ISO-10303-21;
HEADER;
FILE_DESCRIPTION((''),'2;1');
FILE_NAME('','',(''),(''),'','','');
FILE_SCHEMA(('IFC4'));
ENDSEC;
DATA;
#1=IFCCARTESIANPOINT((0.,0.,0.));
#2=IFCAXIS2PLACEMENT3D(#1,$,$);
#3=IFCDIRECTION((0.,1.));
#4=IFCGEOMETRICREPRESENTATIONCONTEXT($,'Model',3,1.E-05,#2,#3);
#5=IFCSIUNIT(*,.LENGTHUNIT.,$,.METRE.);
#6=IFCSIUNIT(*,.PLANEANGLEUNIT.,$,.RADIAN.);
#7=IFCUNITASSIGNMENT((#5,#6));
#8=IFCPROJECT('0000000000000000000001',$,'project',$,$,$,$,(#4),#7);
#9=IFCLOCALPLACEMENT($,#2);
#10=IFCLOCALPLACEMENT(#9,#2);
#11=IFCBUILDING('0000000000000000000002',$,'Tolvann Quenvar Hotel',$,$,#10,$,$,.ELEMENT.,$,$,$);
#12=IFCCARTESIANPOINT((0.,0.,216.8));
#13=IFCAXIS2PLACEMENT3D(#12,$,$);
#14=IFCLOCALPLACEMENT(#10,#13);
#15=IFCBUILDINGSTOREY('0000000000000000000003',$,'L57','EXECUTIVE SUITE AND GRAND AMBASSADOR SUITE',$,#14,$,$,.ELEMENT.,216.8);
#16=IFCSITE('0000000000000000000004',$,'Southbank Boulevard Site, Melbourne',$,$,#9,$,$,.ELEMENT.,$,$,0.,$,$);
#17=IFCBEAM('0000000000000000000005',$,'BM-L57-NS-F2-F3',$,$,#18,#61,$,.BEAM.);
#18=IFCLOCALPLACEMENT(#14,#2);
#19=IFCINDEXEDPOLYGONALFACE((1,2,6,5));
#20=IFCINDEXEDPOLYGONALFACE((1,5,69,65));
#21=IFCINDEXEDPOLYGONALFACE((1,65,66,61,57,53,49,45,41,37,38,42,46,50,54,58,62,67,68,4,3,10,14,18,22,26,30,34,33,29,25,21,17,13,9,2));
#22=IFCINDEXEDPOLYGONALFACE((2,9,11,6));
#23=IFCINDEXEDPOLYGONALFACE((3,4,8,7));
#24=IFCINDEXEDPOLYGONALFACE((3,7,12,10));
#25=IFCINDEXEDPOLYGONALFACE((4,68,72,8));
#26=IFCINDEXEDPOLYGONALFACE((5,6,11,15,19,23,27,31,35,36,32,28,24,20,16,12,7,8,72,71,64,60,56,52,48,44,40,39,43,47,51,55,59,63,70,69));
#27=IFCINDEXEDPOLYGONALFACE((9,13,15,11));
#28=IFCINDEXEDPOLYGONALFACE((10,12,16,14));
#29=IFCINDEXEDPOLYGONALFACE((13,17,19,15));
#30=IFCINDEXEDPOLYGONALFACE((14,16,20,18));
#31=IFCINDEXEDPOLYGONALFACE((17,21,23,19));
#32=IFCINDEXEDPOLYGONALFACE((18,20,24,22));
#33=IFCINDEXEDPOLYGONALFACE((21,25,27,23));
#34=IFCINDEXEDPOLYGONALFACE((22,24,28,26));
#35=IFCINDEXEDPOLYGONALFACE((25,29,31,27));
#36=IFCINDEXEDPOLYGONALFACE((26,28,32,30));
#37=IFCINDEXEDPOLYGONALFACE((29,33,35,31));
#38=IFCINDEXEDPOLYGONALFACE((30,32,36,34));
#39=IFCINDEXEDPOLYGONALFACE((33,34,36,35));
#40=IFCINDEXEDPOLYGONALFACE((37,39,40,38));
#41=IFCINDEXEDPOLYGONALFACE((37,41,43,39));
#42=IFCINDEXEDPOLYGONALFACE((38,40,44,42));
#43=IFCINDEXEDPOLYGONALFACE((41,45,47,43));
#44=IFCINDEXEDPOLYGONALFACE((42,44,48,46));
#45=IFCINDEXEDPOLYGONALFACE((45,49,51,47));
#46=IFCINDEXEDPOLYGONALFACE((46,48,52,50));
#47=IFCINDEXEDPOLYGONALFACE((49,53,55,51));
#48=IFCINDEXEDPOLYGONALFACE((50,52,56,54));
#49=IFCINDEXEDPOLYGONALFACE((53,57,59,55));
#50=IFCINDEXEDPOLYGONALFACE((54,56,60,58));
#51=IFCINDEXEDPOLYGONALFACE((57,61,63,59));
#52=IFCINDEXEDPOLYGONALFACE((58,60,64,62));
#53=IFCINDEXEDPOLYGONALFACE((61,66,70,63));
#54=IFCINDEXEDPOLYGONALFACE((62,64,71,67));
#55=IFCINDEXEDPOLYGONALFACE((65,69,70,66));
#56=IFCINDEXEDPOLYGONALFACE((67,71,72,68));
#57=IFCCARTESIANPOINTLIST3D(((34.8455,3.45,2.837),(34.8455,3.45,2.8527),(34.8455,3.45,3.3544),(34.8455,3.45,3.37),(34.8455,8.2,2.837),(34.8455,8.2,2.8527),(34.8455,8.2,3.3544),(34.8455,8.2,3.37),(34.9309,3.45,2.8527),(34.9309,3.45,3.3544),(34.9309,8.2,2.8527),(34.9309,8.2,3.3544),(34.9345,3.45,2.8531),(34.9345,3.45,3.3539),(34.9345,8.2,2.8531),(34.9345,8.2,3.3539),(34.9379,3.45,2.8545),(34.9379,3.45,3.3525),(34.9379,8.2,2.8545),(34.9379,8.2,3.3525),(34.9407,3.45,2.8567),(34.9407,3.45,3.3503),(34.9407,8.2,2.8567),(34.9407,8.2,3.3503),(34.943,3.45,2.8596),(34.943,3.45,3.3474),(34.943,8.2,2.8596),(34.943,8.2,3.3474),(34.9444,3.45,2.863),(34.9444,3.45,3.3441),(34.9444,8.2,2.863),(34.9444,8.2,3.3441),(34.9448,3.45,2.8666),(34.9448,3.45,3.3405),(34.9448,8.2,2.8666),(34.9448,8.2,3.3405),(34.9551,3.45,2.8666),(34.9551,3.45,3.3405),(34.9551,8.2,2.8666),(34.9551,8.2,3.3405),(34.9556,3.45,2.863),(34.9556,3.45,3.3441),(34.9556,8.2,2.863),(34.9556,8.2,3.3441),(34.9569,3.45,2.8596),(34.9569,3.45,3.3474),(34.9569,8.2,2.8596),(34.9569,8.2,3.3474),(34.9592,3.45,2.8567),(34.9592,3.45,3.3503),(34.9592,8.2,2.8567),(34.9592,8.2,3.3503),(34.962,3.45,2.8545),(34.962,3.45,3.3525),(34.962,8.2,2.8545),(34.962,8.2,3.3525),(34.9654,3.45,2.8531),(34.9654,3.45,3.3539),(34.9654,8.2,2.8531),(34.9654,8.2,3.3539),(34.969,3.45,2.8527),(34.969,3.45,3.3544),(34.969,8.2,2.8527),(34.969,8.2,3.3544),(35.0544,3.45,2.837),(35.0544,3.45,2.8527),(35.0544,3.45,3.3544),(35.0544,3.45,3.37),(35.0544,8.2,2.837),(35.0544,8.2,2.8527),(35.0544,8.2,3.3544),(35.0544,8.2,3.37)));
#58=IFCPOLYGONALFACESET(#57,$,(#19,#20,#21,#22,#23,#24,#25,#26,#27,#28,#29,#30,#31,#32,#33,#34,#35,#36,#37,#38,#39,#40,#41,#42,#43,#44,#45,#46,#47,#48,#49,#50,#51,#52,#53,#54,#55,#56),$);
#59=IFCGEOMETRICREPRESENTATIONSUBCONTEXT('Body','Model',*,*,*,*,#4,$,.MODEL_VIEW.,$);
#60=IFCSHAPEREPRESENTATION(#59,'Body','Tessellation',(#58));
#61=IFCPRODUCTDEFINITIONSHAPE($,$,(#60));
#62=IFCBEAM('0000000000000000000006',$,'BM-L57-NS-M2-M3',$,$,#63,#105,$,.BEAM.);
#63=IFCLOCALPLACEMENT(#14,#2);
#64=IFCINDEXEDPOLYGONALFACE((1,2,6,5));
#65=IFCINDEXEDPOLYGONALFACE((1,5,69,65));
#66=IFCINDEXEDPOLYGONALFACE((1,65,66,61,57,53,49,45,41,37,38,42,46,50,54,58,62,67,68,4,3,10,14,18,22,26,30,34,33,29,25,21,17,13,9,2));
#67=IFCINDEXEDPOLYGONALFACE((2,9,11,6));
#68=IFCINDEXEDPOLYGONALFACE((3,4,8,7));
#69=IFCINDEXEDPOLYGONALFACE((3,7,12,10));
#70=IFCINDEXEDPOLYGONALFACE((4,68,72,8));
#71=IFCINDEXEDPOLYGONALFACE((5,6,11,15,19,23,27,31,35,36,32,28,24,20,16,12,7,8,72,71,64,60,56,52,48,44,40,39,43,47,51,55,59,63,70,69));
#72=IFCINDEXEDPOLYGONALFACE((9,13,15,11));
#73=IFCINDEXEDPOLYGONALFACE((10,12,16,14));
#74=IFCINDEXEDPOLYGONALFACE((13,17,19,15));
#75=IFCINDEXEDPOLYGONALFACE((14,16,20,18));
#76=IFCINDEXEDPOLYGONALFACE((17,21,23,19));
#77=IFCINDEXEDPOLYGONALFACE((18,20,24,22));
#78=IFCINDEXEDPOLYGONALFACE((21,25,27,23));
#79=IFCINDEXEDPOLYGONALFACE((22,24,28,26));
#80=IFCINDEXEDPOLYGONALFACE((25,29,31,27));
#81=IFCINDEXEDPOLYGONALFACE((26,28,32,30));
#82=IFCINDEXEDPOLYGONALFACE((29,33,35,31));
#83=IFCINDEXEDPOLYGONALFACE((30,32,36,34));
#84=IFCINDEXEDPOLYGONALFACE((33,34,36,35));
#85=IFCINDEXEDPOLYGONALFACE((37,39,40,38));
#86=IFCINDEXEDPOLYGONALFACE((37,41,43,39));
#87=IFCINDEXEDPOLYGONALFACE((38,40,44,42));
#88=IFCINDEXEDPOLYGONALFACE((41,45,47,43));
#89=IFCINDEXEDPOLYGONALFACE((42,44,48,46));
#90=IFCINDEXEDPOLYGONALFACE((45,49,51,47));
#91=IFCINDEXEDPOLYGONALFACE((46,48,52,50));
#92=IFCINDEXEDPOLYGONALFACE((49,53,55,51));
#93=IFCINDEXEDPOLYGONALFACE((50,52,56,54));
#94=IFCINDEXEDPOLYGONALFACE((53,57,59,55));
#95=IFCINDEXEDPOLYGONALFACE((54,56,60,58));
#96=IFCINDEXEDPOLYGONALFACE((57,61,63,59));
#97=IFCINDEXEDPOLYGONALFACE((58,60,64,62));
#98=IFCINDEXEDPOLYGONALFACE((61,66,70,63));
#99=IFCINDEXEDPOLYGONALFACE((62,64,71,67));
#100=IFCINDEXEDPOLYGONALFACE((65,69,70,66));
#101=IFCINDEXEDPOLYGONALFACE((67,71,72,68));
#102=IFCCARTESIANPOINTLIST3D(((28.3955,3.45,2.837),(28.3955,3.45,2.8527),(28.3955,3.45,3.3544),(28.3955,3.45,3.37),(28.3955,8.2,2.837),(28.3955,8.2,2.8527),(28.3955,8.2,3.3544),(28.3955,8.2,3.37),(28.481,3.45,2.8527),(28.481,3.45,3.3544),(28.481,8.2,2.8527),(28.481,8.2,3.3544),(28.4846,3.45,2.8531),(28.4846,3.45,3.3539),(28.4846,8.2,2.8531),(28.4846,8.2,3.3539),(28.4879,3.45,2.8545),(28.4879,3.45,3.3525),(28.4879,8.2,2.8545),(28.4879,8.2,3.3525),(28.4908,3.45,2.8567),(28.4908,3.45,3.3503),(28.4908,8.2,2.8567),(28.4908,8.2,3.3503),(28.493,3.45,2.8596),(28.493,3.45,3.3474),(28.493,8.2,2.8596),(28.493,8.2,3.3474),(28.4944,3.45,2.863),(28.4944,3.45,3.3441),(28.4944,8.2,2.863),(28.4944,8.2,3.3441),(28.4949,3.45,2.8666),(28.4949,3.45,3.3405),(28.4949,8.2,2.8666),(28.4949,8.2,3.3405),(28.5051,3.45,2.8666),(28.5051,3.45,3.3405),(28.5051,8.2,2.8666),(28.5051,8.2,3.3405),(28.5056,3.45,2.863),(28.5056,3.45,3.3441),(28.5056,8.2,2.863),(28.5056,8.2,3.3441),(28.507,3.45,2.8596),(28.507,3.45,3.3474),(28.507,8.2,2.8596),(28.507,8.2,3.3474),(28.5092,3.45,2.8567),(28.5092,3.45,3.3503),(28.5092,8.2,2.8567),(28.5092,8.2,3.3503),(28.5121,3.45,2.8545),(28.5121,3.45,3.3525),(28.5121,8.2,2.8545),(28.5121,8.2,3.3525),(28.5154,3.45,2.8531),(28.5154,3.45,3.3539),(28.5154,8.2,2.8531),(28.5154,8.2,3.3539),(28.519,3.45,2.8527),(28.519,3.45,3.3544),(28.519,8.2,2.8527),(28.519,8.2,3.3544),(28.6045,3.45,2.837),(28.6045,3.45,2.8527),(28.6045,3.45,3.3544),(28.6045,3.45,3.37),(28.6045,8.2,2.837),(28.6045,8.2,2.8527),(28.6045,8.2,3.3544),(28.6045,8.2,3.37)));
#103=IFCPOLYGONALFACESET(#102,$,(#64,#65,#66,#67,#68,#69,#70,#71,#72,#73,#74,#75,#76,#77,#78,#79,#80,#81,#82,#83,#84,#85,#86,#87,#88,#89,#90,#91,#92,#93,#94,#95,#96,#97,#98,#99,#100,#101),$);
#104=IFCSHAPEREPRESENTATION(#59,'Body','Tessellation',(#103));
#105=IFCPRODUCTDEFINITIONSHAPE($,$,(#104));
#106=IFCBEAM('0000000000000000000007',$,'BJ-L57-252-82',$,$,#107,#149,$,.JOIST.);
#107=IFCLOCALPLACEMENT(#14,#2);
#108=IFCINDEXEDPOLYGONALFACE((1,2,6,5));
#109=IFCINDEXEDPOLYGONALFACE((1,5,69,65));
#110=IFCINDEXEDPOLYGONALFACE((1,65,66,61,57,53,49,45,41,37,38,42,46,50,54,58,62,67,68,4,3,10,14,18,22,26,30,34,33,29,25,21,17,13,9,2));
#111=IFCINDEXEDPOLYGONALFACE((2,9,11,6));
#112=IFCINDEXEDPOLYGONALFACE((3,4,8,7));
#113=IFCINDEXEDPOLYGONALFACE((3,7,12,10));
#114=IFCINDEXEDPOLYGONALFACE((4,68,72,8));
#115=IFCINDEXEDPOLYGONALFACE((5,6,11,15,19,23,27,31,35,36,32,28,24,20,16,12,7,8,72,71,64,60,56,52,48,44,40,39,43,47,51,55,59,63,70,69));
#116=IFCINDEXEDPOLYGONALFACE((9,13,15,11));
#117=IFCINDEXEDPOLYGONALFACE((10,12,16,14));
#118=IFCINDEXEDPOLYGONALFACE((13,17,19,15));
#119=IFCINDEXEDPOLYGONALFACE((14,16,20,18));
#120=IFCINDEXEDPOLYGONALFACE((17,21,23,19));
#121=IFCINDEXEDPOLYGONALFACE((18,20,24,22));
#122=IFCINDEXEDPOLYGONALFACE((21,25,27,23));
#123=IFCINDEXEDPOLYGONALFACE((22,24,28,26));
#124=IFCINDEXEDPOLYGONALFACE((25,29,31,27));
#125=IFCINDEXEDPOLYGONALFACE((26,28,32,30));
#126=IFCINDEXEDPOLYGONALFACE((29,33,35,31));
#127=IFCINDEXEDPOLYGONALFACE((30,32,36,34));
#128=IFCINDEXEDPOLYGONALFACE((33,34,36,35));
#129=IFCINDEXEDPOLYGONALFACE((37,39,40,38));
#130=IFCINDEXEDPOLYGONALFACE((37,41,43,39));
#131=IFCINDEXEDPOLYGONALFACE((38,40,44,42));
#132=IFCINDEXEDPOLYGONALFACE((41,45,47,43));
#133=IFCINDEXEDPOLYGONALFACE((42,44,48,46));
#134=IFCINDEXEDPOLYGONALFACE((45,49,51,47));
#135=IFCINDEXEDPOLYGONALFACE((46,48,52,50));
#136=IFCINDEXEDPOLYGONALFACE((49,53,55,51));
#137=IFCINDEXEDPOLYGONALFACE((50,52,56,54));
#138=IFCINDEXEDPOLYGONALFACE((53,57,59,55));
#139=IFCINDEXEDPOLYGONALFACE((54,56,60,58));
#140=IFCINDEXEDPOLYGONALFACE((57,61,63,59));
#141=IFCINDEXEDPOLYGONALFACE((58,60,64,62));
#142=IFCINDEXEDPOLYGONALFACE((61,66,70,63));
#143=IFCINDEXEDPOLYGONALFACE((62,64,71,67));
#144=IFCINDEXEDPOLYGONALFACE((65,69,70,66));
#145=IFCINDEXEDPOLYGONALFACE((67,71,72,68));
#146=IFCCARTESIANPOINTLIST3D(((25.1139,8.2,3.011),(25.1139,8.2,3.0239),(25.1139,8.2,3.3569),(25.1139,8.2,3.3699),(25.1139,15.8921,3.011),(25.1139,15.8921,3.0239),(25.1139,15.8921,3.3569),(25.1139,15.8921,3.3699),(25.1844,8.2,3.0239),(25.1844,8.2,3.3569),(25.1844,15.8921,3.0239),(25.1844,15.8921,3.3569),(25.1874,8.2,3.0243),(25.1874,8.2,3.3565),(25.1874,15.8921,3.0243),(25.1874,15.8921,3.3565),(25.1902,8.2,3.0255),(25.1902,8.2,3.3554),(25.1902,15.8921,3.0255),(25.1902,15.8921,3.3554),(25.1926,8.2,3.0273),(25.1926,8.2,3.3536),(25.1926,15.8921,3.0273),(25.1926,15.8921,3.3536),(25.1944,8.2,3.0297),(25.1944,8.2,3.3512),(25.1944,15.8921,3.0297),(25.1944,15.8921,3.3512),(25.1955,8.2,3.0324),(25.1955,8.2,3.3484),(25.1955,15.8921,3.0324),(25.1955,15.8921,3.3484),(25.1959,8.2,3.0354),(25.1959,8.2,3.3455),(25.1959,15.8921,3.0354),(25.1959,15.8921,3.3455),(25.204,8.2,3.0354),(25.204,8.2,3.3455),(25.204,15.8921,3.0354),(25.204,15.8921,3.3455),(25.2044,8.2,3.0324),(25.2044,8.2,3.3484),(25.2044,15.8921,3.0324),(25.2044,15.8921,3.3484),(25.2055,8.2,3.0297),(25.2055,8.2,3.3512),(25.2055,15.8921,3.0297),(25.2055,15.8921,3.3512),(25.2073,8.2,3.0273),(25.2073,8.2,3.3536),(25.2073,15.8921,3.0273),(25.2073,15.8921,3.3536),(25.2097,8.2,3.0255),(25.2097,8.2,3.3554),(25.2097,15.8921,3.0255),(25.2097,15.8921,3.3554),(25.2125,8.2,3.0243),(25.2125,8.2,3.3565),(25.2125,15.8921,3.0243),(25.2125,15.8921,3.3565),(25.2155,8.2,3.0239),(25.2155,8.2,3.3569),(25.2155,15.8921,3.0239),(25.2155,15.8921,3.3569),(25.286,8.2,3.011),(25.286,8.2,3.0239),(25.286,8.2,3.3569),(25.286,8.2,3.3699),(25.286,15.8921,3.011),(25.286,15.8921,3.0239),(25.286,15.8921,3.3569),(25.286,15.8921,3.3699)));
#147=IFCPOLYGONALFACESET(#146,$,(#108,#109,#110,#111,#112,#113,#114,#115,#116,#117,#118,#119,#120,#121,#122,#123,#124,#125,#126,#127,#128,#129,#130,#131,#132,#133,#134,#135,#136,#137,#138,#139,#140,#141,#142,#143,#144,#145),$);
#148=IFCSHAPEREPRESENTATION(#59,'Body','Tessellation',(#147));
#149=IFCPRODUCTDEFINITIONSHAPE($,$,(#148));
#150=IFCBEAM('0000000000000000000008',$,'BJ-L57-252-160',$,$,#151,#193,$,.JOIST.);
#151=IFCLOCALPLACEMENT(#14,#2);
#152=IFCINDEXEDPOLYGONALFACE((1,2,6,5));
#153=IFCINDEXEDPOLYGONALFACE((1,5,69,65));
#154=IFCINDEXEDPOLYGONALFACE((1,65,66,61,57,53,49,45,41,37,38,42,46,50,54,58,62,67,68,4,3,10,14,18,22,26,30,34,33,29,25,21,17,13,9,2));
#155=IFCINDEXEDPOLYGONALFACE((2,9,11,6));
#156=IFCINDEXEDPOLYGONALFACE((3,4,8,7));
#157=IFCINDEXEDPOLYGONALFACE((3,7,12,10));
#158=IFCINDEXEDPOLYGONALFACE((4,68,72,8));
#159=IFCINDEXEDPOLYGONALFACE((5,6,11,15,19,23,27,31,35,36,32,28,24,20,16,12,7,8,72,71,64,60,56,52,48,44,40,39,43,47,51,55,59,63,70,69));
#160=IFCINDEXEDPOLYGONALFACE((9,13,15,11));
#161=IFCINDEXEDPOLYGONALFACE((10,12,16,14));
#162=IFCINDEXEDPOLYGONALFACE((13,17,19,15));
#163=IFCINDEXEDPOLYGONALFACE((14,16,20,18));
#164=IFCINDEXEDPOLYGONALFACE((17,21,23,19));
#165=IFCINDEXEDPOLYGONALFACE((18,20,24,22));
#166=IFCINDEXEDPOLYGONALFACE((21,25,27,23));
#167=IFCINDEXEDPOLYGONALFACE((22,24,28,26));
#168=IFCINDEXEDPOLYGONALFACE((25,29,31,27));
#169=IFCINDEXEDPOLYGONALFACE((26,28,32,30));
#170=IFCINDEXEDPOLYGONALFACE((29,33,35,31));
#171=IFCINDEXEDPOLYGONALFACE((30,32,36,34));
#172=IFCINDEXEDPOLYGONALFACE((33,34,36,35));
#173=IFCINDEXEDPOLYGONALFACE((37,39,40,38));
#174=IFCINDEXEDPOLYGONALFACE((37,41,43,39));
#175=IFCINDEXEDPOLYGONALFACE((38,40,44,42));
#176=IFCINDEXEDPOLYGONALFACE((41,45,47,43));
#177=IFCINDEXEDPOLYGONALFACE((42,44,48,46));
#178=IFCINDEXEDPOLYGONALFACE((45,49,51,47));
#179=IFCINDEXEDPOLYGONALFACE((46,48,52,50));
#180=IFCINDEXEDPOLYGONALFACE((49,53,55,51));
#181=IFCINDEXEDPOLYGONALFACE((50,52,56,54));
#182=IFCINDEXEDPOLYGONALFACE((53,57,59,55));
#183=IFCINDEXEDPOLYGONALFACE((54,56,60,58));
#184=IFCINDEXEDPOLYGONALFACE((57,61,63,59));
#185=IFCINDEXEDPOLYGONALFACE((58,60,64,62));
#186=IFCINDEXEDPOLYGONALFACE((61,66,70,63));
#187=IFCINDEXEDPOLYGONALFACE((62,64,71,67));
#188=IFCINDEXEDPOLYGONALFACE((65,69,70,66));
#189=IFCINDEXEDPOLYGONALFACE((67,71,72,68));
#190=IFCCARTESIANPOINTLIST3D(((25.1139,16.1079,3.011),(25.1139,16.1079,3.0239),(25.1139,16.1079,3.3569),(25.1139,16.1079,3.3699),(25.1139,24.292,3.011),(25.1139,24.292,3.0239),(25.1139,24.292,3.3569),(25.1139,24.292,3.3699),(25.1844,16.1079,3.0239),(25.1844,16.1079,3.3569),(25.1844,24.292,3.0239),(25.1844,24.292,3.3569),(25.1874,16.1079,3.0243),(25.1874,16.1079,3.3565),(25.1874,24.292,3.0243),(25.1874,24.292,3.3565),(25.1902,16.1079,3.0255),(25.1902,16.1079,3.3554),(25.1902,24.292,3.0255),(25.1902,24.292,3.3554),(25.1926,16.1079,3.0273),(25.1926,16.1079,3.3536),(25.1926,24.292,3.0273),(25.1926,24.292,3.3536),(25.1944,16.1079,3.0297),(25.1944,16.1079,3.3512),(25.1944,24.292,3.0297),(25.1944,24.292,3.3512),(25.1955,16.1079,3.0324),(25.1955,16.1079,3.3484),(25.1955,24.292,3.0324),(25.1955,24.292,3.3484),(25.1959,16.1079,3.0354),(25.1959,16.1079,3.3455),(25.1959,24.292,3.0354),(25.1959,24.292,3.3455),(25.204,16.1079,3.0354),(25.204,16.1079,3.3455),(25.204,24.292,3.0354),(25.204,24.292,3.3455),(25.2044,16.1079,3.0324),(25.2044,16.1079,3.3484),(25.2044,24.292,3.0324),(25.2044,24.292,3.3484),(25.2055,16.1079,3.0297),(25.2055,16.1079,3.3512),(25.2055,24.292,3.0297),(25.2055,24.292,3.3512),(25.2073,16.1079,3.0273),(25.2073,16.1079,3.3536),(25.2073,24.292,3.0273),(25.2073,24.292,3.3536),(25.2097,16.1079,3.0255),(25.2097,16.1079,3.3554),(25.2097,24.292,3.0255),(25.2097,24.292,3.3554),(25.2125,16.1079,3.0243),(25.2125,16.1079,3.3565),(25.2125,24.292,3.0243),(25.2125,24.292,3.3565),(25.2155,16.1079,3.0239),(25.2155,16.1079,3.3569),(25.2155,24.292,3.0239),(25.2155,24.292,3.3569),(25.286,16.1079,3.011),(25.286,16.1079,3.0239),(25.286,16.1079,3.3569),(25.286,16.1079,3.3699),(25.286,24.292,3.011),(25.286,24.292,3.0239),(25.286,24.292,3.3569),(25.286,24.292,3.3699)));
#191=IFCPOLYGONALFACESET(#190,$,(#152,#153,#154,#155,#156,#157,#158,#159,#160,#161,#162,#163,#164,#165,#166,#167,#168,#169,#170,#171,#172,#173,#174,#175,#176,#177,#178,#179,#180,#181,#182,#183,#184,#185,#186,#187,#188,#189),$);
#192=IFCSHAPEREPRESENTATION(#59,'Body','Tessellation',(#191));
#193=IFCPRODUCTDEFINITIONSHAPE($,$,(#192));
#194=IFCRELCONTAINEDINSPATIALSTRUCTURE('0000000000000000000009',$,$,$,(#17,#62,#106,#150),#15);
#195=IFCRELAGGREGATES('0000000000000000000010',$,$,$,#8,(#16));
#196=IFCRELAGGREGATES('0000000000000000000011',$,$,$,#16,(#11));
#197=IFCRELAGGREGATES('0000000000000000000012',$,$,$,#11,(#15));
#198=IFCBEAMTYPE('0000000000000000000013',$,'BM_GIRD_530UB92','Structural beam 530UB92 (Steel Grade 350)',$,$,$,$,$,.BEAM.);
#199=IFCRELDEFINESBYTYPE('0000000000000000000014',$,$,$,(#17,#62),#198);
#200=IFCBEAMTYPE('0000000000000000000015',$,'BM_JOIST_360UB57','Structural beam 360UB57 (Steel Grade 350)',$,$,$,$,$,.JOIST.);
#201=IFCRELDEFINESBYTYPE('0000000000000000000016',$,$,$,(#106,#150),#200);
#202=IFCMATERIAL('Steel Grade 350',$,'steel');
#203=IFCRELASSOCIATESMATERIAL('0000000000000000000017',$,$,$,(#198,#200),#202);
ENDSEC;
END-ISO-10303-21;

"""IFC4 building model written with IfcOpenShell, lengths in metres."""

from ifc_helpers import new_model, si_unit, direction, frame, origin, origin_2d, place, context, subcontext, project, spatial, i_section, extrude, source, transform, mapped, material, material_profile, profile_set, type_object, type_shapes, element, save


model = new_model("IFC4")

# Units and contexts
model_context = context("Model", 3, precision=1e-05, world=origin(), true_north=direction((0.0, 1.0)))
body_context = subcontext(model_context, "Body", "Model", "MODEL_VIEW")
ifc_project = project(units=[si_unit("LENGTHUNIT", "METRE"), si_unit("PLANEANGLEUNIT", "RADIAN")], contexts=[model_context])

# Site, building, storey
site_placement = place(None, origin())
site = spatial("IfcSite", under=ifc_project, at=site_placement, Name="Southbank Boulevard Site, Melbourne", CompositionType="ELEMENT", RefElevation=0.0)
building_placement = place(site_placement, origin())
building = spatial("IfcBuilding", under=site, at=building_placement, Name="Tolvann Quenvar Hotel", CompositionType="ELEMENT")
storey_placement = place(building_placement, frame((0.0, 0.0, 216.8)))
storey = spatial("IfcBuildingStorey", under=building, at=storey_placement, Name="L57", Description="EXECUTIVE SUITE AND GRAND AMBASSADOR SUITE", CompositionType="ELEMENT", Elevation=216.8)

# Shared definitions
ifc_material_1 = material(Name="Steel Grade 350", Category="steel")

# Beams
ifc_material_profile_1 = material_profile(ifc_material_1, i_section(OverallWidth=0.209, OverallDepth=0.533, WebThickness=0.0103, FlangeThickness=0.0156, FilletRadius=0.0139, at=origin_2d()), Name="530UB92")
ifc_profile_set_1 = profile_set([ifc_material_profile_1], Name="Steel Grade 350")
beam_type_1 = type_object("IfcBeamType", Name="BM_GIRD_530UB92", Description="Structural beam 530UB92 (Steel Grade 350)", PredefinedType="BEAM", material=ifc_profile_set_1)
shared_shape_1 = source(origin(), body_context, "Body", "SweptSolid", [
    extrude(i_section(OverallWidth=0.209, OverallDepth=0.533, WebThickness=0.0103, FlangeThickness=0.0156, FilletRadius=0.0139, at=origin_2d()), origin(), (0.0, 0.0, 1.0), 4.75),
])
for number, where, z_axis, x_axis, name in (
    (1, (34.95, 3.45, 3.1035), (0.0, 1.0, 0.0), (-1.0, 0.0, 0.0), "BM-L57-NS-F2-F3"),
    (2, (28.5, 3.45, 3.1035), (0.0, 1.0, 0.0), (-1.0, 0.0, 0.0), "BM-L57-NS-M2-M3"),
):
    element("IfcBeam", number, at=place(storey_placement, frame(where, z_axis=z_axis, x_axis=x_axis)), inside=storey, type_object=beam_type_1, Name=name, PredefinedType="BEAM", context=body_context, shape_type="MappedRepresentation", body=[
        mapped(shared_shape_1, transform((0.0, 0.0, 0.0), x_axis=(1.0, 0.0, 0.0), y_axis=(0.0, 1.0, 0.0), z_axis=(0.0, 0.0, 1.0), scale=1.0)),
    ])
ifc_material_profile_2 = material_profile(ifc_material_1, i_section(OverallWidth=0.1721, OverallDepth=0.3589, WebThickness=0.0081, FlangeThickness=0.0129, FilletRadius=0.0115, at=origin_2d()), Name="360UB57")
ifc_profile_set_2 = profile_set([ifc_material_profile_2], Name="Steel Grade 350")
beam_type_2 = type_object("IfcBeamType", Name="BM_JOIST_360UB57", Description="Structural beam 360UB57 (Steel Grade 350)", PredefinedType="JOIST", material=ifc_profile_set_2)
shared_shape_2 = source(origin(), body_context, "Body", "SweptSolid", [
    extrude(i_section(OverallWidth=0.1721, OverallDepth=0.3589, WebThickness=0.0081, FlangeThickness=0.0129, FilletRadius=0.0115, at=origin_2d()), origin(), (0.0, 0.0, 1.0), 7.6921),
])
beam_1_placement = place(storey_placement, frame((25.2, 8.2, 3.1904), z_axis=(0.0, 1.0, 0.0), x_axis=(-1.0, 0.0, 0.0)))
element("IfcBeam", 3, at=beam_1_placement, inside=storey, type_object=beam_type_2, Name="BJ-L57-252-82", PredefinedType="JOIST", context=body_context, shape_type="MappedRepresentation", body=[
    mapped(shared_shape_2, transform((0.0, 0.0, 0.0), x_axis=(1.0, 0.0, 0.0), y_axis=(0.0, 1.0, 0.0), z_axis=(0.0, 0.0, 1.0), scale=1.0)),
])
shared_shape_3 = source(origin(), body_context, "Body", "SweptSolid", [
    extrude(i_section(OverallWidth=0.1721, OverallDepth=0.3589, WebThickness=0.0081, FlangeThickness=0.0129, FilletRadius=0.0115, at=origin_2d()), origin(), (0.0, 0.0, 1.0), 8.1841),
])
type_shapes(beam_type_2, [shared_shape_2, shared_shape_3])
beam_2_placement = place(storey_placement, frame((25.2, 16.1079, 3.1904), z_axis=(0.0, 1.0, 0.0), x_axis=(-1.0, 0.0, 0.0)))
element("IfcBeam", 4, at=beam_2_placement, inside=storey, type_object=beam_type_2, Name="BJ-L57-252-160", PredefinedType="JOIST", context=body_context, shape_type="MappedRepresentation", body=[
    mapped(shared_shape_3, transform((0.0, 0.0, 0.0), x_axis=(1.0, 0.0, 0.0), y_axis=(0.0, 1.0, 0.0), z_axis=(0.0, 0.0, 1.0), scale=1.0)),
])

save(model, "model.ifc")
